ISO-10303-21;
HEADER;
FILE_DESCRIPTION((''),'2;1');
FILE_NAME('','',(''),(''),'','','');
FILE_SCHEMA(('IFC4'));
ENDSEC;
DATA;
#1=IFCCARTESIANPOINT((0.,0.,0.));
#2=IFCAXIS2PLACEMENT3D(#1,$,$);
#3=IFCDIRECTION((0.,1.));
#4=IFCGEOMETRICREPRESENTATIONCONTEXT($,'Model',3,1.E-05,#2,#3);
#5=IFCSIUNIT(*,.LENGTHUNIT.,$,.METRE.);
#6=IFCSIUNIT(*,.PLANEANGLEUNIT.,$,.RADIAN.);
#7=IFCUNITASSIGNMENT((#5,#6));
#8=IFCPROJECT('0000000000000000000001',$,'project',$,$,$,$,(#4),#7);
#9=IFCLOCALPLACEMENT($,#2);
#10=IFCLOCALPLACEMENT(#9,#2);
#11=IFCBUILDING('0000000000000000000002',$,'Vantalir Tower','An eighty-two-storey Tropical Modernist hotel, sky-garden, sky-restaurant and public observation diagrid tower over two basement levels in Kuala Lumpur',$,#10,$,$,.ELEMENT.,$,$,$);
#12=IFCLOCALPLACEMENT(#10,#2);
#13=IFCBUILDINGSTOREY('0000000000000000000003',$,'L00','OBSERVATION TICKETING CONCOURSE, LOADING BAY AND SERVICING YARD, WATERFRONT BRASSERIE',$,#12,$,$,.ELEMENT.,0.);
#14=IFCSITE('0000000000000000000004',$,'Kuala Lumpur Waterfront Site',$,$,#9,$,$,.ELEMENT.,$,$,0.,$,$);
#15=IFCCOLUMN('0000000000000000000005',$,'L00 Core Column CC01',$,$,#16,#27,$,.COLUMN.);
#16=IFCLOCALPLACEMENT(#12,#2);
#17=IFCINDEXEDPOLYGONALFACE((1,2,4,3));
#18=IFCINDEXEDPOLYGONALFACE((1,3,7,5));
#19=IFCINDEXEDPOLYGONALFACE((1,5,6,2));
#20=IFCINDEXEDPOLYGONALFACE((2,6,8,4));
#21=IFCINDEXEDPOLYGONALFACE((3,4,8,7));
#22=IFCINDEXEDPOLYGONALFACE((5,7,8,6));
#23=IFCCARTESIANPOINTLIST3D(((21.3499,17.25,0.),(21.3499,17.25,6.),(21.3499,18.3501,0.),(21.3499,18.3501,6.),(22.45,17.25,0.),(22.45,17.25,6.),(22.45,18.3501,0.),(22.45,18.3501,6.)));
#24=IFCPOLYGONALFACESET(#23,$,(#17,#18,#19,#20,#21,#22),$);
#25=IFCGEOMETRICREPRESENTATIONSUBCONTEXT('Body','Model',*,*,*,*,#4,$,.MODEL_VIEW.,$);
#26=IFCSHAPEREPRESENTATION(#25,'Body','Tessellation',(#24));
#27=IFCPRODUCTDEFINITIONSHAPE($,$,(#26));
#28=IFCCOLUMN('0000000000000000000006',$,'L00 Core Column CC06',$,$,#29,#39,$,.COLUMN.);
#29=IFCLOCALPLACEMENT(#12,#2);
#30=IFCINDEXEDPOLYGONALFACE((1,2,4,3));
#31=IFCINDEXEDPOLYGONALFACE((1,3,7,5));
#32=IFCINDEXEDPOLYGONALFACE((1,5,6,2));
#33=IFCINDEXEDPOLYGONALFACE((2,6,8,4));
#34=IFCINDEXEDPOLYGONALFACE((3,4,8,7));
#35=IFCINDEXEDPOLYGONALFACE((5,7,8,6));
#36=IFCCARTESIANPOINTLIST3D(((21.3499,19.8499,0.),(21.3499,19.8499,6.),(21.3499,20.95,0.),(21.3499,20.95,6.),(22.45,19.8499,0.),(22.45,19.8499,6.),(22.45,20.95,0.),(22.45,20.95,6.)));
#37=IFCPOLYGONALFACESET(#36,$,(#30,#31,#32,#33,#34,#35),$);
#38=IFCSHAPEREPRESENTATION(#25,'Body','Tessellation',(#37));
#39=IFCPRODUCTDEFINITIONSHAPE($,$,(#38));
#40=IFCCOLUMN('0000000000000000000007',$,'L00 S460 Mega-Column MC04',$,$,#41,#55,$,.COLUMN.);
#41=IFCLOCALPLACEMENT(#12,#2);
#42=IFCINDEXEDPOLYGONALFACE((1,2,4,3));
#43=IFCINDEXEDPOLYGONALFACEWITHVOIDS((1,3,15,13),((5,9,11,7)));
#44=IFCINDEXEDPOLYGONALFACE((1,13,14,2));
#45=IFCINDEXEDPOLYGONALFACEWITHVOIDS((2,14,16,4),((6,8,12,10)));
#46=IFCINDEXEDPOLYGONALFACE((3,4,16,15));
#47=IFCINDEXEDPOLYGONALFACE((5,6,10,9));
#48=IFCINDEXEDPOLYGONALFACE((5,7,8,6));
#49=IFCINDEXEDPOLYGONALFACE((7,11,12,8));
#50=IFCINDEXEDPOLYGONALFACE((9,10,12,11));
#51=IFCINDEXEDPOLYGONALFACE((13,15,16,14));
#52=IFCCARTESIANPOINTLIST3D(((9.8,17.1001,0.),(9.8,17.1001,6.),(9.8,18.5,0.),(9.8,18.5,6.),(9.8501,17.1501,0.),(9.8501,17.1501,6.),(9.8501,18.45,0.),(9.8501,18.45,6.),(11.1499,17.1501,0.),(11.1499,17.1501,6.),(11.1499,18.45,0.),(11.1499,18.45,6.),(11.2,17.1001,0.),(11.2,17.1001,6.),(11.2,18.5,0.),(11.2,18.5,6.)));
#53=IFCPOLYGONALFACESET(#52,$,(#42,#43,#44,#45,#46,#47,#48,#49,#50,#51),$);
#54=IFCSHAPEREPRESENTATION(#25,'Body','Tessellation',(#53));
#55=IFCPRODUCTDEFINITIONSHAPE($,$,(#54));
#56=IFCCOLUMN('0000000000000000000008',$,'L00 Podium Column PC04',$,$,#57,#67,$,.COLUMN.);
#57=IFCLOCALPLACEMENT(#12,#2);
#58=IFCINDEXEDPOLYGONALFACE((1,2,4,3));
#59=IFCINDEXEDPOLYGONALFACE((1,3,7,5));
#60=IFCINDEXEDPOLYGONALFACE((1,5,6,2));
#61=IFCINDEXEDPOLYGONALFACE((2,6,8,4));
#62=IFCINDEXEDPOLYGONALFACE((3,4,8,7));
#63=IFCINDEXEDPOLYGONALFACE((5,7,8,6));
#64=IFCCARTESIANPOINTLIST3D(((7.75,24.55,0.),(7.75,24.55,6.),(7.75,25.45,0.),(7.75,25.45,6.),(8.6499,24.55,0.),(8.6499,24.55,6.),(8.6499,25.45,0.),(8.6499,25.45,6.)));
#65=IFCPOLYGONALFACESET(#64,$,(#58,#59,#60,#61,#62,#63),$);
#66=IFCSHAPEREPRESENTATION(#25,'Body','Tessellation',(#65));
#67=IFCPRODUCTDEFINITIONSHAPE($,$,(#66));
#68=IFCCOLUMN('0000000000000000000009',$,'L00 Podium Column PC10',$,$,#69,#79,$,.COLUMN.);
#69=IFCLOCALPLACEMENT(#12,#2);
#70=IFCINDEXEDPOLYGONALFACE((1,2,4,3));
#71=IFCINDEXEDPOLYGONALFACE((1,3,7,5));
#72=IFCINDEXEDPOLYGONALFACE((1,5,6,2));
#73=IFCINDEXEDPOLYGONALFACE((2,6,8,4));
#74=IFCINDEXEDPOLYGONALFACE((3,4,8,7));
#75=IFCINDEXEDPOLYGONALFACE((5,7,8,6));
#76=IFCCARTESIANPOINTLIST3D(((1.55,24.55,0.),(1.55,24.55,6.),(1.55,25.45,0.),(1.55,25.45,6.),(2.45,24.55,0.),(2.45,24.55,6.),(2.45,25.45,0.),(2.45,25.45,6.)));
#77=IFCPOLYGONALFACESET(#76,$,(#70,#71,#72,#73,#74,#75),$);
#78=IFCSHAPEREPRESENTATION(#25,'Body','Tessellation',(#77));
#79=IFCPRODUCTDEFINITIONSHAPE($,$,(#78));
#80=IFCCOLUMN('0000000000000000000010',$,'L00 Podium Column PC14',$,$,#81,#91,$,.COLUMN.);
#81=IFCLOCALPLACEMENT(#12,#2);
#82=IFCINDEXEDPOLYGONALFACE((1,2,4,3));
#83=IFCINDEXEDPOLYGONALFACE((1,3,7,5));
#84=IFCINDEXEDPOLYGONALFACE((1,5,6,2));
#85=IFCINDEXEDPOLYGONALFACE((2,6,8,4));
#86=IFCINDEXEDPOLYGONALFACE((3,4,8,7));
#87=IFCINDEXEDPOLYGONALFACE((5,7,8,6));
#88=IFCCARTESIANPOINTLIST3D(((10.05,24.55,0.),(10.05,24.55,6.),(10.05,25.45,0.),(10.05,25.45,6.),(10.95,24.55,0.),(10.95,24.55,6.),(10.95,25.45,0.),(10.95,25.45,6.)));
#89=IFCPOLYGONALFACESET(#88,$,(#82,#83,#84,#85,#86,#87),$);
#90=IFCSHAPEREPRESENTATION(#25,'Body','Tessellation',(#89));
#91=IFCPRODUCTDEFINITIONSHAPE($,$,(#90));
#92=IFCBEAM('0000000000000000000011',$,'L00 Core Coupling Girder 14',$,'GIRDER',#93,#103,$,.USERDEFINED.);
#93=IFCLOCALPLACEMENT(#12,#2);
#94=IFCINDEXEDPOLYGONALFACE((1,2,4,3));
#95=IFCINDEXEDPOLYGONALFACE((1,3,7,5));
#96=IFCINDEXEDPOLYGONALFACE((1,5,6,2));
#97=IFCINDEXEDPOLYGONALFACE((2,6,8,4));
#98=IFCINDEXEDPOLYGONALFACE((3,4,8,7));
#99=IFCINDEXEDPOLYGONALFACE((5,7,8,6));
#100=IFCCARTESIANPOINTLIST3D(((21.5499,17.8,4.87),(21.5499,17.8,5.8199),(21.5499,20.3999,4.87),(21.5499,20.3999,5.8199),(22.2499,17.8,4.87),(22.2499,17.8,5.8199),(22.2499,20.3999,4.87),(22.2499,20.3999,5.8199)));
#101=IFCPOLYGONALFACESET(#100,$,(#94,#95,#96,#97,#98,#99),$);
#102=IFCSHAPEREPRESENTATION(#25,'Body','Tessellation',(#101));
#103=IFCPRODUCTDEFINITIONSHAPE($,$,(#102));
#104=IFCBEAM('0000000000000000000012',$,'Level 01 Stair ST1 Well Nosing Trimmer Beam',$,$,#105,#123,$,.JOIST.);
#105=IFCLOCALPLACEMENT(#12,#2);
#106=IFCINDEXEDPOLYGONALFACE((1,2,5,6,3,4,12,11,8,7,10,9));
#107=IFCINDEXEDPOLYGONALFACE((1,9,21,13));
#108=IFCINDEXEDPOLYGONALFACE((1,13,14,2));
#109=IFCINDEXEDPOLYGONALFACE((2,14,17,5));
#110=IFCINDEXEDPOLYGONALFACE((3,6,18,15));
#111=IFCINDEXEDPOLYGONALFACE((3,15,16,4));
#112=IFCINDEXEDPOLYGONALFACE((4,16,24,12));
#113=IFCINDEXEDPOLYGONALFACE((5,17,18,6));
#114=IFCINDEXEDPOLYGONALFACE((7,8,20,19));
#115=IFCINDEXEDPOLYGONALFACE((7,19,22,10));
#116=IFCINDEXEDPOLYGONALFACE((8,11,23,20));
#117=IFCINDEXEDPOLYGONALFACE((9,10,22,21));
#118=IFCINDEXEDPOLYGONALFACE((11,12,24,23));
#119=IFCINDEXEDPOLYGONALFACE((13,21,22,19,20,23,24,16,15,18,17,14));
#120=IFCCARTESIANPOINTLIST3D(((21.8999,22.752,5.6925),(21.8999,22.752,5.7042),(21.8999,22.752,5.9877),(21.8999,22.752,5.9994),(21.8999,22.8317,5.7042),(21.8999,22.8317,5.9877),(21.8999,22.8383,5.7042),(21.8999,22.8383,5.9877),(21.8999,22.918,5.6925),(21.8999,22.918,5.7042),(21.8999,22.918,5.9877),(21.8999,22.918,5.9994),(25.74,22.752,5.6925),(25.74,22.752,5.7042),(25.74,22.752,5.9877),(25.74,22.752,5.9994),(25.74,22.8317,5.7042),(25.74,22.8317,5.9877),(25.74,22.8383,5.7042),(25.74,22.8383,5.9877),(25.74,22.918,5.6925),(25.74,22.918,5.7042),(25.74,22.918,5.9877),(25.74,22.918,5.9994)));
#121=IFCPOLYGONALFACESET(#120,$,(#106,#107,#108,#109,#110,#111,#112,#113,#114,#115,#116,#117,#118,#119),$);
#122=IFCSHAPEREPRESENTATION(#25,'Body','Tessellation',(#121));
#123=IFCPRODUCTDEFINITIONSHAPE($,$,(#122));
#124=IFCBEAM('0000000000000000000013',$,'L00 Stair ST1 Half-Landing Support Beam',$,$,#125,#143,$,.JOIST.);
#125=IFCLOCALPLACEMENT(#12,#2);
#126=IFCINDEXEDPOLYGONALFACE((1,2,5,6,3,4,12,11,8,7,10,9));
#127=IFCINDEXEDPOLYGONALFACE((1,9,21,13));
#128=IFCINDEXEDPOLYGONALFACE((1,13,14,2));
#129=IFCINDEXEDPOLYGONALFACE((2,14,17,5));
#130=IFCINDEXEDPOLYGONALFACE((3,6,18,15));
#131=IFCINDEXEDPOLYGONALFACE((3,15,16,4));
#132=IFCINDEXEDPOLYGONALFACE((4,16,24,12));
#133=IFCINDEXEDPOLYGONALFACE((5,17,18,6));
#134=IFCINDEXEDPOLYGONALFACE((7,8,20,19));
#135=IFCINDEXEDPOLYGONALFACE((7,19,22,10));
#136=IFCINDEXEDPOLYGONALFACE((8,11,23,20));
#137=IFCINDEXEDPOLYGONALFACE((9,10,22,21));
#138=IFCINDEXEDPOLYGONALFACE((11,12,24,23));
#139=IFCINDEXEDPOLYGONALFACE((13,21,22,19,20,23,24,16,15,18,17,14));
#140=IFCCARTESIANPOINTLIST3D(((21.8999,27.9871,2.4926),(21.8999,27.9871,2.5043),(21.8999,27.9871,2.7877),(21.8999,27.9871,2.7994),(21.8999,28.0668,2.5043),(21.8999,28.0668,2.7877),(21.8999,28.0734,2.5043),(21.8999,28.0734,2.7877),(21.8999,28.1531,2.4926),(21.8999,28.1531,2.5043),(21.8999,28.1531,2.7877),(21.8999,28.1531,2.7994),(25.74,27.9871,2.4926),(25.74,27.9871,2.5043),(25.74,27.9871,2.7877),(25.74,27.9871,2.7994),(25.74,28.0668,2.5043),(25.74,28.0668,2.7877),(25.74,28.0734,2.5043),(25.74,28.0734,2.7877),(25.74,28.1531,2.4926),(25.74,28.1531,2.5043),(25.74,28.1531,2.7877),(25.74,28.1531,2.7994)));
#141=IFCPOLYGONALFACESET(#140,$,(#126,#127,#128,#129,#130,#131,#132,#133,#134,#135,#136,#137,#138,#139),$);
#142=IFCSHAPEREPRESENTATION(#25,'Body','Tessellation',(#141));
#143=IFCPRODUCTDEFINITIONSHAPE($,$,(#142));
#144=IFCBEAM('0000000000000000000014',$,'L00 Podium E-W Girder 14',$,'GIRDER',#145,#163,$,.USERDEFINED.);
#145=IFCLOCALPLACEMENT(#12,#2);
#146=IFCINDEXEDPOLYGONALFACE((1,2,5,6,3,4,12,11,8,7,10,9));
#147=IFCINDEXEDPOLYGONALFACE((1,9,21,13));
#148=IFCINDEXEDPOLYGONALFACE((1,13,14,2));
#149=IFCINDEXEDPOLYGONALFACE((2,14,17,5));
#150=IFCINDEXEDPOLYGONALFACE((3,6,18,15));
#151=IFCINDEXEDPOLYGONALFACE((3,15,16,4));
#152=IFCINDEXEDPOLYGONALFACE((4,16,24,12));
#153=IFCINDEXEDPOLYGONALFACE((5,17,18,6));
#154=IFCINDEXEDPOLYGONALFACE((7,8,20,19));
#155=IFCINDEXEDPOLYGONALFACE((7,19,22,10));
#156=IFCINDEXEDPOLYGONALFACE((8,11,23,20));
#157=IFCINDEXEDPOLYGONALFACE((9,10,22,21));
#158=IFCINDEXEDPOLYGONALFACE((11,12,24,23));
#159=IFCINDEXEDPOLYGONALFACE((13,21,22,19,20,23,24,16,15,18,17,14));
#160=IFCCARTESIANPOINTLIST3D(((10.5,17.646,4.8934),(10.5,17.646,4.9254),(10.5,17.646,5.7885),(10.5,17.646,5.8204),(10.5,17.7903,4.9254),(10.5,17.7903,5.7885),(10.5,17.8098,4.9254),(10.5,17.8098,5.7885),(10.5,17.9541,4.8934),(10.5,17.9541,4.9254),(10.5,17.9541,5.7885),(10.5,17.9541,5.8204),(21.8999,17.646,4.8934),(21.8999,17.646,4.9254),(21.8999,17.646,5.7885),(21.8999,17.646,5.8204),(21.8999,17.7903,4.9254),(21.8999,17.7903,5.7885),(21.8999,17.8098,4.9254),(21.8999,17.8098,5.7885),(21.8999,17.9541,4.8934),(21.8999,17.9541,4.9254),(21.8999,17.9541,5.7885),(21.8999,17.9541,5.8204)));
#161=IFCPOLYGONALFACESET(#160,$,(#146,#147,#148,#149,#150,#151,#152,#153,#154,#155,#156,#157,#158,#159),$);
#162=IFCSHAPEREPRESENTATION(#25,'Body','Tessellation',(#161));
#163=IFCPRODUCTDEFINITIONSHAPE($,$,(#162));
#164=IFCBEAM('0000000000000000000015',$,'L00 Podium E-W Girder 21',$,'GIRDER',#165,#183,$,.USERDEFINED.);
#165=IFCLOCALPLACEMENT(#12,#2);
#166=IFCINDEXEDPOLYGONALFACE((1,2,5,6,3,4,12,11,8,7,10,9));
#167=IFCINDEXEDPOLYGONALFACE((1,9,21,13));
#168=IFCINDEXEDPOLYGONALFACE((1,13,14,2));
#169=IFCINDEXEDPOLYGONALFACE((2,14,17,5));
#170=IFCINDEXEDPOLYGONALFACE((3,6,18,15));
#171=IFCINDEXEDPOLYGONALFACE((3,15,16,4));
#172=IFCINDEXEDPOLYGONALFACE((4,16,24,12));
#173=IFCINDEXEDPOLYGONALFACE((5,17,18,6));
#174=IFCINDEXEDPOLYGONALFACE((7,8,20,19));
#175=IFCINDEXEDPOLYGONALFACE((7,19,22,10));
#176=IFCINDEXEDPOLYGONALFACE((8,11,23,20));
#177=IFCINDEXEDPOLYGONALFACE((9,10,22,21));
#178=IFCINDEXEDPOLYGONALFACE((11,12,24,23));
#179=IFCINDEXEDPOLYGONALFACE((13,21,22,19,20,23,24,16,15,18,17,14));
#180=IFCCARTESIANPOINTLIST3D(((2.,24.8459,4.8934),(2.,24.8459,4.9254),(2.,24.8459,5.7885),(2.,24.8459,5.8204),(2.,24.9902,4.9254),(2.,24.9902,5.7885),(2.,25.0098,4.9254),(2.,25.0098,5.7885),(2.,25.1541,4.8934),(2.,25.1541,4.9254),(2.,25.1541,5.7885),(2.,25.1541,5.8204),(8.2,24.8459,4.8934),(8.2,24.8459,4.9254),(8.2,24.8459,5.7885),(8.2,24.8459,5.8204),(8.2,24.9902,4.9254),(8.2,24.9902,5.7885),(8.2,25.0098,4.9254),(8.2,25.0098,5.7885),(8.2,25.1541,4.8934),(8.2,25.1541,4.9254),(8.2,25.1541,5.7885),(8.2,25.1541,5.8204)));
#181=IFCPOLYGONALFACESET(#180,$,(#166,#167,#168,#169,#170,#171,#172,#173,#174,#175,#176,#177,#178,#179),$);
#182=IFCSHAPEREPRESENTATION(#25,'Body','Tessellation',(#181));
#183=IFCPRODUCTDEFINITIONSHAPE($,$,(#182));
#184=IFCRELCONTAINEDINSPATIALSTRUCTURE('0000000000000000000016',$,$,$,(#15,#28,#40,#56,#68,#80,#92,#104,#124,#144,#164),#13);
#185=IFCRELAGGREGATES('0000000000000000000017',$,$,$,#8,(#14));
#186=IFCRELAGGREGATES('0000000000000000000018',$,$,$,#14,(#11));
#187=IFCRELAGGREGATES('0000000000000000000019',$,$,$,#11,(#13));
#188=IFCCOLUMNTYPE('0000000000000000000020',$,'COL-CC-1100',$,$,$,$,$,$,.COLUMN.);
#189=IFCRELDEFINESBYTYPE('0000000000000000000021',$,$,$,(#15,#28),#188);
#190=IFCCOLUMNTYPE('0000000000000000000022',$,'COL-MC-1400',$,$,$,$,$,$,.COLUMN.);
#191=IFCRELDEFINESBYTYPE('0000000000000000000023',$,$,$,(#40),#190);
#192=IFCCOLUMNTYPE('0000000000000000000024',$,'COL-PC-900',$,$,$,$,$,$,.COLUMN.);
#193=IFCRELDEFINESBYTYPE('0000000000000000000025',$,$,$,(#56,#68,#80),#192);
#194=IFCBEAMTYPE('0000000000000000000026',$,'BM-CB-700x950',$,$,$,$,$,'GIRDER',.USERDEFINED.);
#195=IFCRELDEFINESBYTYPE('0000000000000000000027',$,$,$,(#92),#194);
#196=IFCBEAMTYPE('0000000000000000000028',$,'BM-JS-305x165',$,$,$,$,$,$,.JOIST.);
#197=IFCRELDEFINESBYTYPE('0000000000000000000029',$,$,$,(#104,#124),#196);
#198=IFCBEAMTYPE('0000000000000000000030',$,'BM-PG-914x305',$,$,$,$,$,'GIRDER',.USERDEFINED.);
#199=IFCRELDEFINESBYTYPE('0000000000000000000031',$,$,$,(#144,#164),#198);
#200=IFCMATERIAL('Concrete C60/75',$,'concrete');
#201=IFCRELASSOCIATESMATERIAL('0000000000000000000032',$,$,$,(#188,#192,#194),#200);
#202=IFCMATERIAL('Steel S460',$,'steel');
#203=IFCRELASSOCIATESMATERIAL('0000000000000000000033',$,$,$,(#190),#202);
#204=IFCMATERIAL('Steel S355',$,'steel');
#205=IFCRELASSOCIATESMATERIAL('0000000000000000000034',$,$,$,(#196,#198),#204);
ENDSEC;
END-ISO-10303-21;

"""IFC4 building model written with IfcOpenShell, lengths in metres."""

from ifc_helpers import new_model, si_unit, direction, frame, origin, origin_2d, place, context, subcontext, project, spatial, rectangle, hollow_rectangle, i_section, extrude, material, material_profile, profile_set, type_object, element, save


model = new_model("IFC4")

# Units and contexts
model_context = context("Model", 3, precision=1e-05, world=origin(), true_north=direction((0.0, 1.0)))
body_context = subcontext(model_context, "Body", "Model", "MODEL_VIEW")
ifc_project = project(units=[si_unit("LENGTHUNIT", "METRE"), si_unit("PLANEANGLEUNIT", "RADIAN")], contexts=[model_context])

# Site, building, storey
site_placement = place(None, origin())
site = spatial("IfcSite", under=ifc_project, at=site_placement, Name="Kuala Lumpur Waterfront Site", CompositionType="ELEMENT", RefElevation=0.0)
building_placement = place(site_placement, origin())
building = spatial("IfcBuilding", under=site, at=building_placement, Name="Vantalir Tower", Description="An eighty-two-storey Tropical Modernist hotel, sky-garden, sky-restaurant and public observation diagrid tower over two basement levels in Kuala Lumpur", CompositionType="ELEMENT")
storey_placement = place(building_placement, origin())
storey = spatial("IfcBuildingStorey", under=building, at=storey_placement, Name="L00", Description="OBSERVATION TICKETING CONCOURSE, LOADING BAY AND SERVICING YARD, WATERFRONT BRASSERIE", CompositionType="ELEMENT", Elevation=0.0)

# Columns
ifc_material_1 = material(Name="Concrete C60/75", Category="concrete")
ifc_material_profile_1 = material_profile(ifc_material_1, rectangle(XDim=1.1001, YDim=1.1001, at=origin_2d()), Name="Concrete C60/75")
ifc_profile_set_1 = profile_set([ifc_material_profile_1], Name="Concrete C60/75")
column_type_1 = type_object("IfcColumnType", Name="COL-CC-1100", PredefinedType="COLUMN", material=ifc_profile_set_1)
for number, where, z_axis, x_axis, name in (
    (1, (21.8999, 17.8, 0.0), (0.0, 0.0, 1.0), (1.0, 0.0, 0.0), "L00 Core Column CC01"),
    (2, (21.8999, 20.3999, 0.0), (0.0, 0.0, 1.0), (1.0, 0.0, 0.0), "L00 Core Column CC06"),
):
    element("IfcColumn", number, at=place(storey_placement, frame(where, z_axis=z_axis, x_axis=x_axis)), inside=storey, type_object=column_type_1, Name=name, PredefinedType="COLUMN", context=body_context, shape_type="SweptSolid", body=[
        extrude(rectangle(XDim=1.1001, YDim=1.1001, at=origin_2d()), origin(), (0.0, 0.0, 1.0), 6.0),
    ])
ifc_material_2 = material(Name="Steel S460", Category="steel")
ifc_material_profile_2 = material_profile(ifc_material_2, hollow_rectangle(XDim=1.3999, YDim=1.3999, WallThickness=0.05, at=origin_2d()), Name="Steel S460")
ifc_profile_set_2 = profile_set([ifc_material_profile_2], Name="Steel S460")
column_type_2 = type_object("IfcColumnType", Name="COL-MC-1400", PredefinedType="COLUMN", material=ifc_profile_set_2)
column_placement = place(storey_placement, frame((10.5, 17.8, 0.0), z_axis=(0.0, 0.0, 1.0), x_axis=(1.0, 0.0, 0.0)))
element("IfcColumn", 3, at=column_placement, inside=storey, type_object=column_type_2, Name="L00 S460 Mega-Column MC04", PredefinedType="COLUMN", context=body_context, shape_type="SweptSolid", body=[
    extrude(hollow_rectangle(XDim=1.3999, YDim=1.3999, WallThickness=0.05, at=origin_2d()), origin(), (0.0, 0.0, 1.0), 6.0),
])
ifc_material_profile_3 = material_profile(ifc_material_1, rectangle(XDim=0.8999, YDim=0.8999, at=origin_2d()), Name="Concrete C60/75")
ifc_profile_set_3 = profile_set([ifc_material_profile_3], Name="Concrete C60/75")
column_type_3 = type_object("IfcColumnType", Name="COL-PC-900", PredefinedType="COLUMN", material=ifc_profile_set_3)
for number, where, z_axis, x_axis, name in (
    (4, (8.2, 25.0, 0.0), (0.0, 0.0, 1.0), (1.0, 0.0, 0.0), "L00 Podium Column PC04"),
    (5, (2.0, 25.0, 0.0), (0.0, 0.0, 1.0), (1.0, 0.0, 0.0), "L00 Podium Column PC10"),
    (6, (10.5, 25.0, 0.0), (0.0, 0.0, 1.0), (1.0, 0.0, 0.0), "L00 Podium Column PC14"),
):
    element("IfcColumn", number, at=place(storey_placement, frame(where, z_axis=z_axis, x_axis=x_axis)), inside=storey, type_object=column_type_3, Name=name, PredefinedType="COLUMN", context=body_context, shape_type="SweptSolid", body=[
        extrude(rectangle(XDim=0.8999, YDim=0.8999, at=origin_2d()), origin(), (0.0, 0.0, 1.0), 6.0),
    ])

# Beams
ifc_material_profile_4 = material_profile(ifc_material_1, rectangle(XDim=0.7, YDim=0.95, at=origin_2d()), Name="Concrete C60/75")
ifc_profile_set_4 = profile_set([ifc_material_profile_4], Name="Concrete C60/75")
beam_type_1 = type_object("IfcBeamType", Name="BM-CB-700x950", ElementType="GIRDER", PredefinedType="USERDEFINED", material=ifc_profile_set_4)
beam_1_placement = place(storey_placement, frame((21.8999, 20.3999, 5.345), z_axis=(0.0, -1.0, 0.0), x_axis=(1.0, 0.0, 0.0)))
element("IfcBeam", 7, at=beam_1_placement, inside=storey, type_object=beam_type_1, Name="L00 Core Coupling Girder 14", ObjectType="GIRDER", PredefinedType="USERDEFINED", context=body_context, shape_type="SweptSolid", body=[
    extrude(rectangle(XDim=0.7, YDim=0.95, at=origin_2d()), origin(), (0.0, 0.0, 1.0), 2.5999),
])
ifc_material_3 = material(Name="Steel S355", Category="steel")
ifc_material_profile_5 = material_profile(ifc_material_3, i_section(OverallWidth=0.166, OverallDepth=0.3069, WebThickness=0.0066, FlangeThickness=0.0117, at=origin_2d()), Name="Steel S355")
ifc_profile_set_5 = profile_set([ifc_material_profile_5], Name="Steel S355")
beam_type_2 = type_object("IfcBeamType", Name="BM-JS-305x165", PredefinedType="JOIST", material=ifc_profile_set_5)
for number, where, z_axis, x_axis, name in (
    (8, (21.8999, 22.835, 5.8459), (1.0, 0.0, 0.0), (0.0, 1.0, 0.0), "Level 01 Stair ST1 Well Nosing Trimmer Beam"),
    (9, (21.8999, 28.0701, 2.646), (1.0, 0.0, 0.0), (0.0, 1.0, 0.0), "L00 Stair ST1 Half-Landing Support Beam"),
):
    element("IfcBeam", number, at=place(storey_placement, frame(where, z_axis=z_axis, x_axis=x_axis)), inside=storey, type_object=beam_type_2, Name=name, PredefinedType="JOIST", context=body_context, shape_type="SweptSolid", body=[
        extrude(i_section(OverallWidth=0.166, OverallDepth=0.3069, WebThickness=0.0066, FlangeThickness=0.0117, at=origin_2d()), origin(), (0.0, 0.0, 1.0), 3.8401),
    ])
ifc_material_profile_6 = material_profile(ifc_material_3, i_section(OverallWidth=0.3081, OverallDepth=0.927, WebThickness=0.0195, FlangeThickness=0.032, at=origin_2d()), Name="Steel S355")
ifc_profile_set_6 = profile_set([ifc_material_profile_6], Name="Steel S355")
beam_type_3 = type_object("IfcBeamType", Name="BM-PG-914x305", ElementType="GIRDER", PredefinedType="USERDEFINED", material=ifc_profile_set_6)
beam_2_placement = place(storey_placement, frame((10.5, 17.8, 5.3569), z_axis=(1.0, 0.0, 0.0), x_axis=(0.0, 1.0, 0.0)))
element("IfcBeam", 10, at=beam_2_placement, inside=storey, type_object=beam_type_3, Name="L00 Podium E-W Girder 14", ObjectType="GIRDER", PredefinedType="USERDEFINED", context=body_context, shape_type="SweptSolid", body=[
    extrude(i_section(OverallWidth=0.3081, OverallDepth=0.927, WebThickness=0.0195, FlangeThickness=0.032, at=origin_2d()), origin(), (0.0, 0.0, 1.0), 11.3999),
])
beam_3_placement = place(storey_placement, frame((2.0, 25.0, 5.3569), z_axis=(1.0, 0.0, 0.0), x_axis=(0.0, 1.0, 0.0)))
element("IfcBeam", 11, at=beam_3_placement, inside=storey, type_object=beam_type_3, Name="L00 Podium E-W Girder 21", ObjectType="GIRDER", PredefinedType="USERDEFINED", context=body_context, shape_type="SweptSolid", body=[
    extrude(i_section(OverallWidth=0.3081, OverallDepth=0.927, WebThickness=0.0195, FlangeThickness=0.032, at=origin_2d()), origin(), (0.0, 0.0, 1.0), 6.2),
])

save(model, "model.ifc")
